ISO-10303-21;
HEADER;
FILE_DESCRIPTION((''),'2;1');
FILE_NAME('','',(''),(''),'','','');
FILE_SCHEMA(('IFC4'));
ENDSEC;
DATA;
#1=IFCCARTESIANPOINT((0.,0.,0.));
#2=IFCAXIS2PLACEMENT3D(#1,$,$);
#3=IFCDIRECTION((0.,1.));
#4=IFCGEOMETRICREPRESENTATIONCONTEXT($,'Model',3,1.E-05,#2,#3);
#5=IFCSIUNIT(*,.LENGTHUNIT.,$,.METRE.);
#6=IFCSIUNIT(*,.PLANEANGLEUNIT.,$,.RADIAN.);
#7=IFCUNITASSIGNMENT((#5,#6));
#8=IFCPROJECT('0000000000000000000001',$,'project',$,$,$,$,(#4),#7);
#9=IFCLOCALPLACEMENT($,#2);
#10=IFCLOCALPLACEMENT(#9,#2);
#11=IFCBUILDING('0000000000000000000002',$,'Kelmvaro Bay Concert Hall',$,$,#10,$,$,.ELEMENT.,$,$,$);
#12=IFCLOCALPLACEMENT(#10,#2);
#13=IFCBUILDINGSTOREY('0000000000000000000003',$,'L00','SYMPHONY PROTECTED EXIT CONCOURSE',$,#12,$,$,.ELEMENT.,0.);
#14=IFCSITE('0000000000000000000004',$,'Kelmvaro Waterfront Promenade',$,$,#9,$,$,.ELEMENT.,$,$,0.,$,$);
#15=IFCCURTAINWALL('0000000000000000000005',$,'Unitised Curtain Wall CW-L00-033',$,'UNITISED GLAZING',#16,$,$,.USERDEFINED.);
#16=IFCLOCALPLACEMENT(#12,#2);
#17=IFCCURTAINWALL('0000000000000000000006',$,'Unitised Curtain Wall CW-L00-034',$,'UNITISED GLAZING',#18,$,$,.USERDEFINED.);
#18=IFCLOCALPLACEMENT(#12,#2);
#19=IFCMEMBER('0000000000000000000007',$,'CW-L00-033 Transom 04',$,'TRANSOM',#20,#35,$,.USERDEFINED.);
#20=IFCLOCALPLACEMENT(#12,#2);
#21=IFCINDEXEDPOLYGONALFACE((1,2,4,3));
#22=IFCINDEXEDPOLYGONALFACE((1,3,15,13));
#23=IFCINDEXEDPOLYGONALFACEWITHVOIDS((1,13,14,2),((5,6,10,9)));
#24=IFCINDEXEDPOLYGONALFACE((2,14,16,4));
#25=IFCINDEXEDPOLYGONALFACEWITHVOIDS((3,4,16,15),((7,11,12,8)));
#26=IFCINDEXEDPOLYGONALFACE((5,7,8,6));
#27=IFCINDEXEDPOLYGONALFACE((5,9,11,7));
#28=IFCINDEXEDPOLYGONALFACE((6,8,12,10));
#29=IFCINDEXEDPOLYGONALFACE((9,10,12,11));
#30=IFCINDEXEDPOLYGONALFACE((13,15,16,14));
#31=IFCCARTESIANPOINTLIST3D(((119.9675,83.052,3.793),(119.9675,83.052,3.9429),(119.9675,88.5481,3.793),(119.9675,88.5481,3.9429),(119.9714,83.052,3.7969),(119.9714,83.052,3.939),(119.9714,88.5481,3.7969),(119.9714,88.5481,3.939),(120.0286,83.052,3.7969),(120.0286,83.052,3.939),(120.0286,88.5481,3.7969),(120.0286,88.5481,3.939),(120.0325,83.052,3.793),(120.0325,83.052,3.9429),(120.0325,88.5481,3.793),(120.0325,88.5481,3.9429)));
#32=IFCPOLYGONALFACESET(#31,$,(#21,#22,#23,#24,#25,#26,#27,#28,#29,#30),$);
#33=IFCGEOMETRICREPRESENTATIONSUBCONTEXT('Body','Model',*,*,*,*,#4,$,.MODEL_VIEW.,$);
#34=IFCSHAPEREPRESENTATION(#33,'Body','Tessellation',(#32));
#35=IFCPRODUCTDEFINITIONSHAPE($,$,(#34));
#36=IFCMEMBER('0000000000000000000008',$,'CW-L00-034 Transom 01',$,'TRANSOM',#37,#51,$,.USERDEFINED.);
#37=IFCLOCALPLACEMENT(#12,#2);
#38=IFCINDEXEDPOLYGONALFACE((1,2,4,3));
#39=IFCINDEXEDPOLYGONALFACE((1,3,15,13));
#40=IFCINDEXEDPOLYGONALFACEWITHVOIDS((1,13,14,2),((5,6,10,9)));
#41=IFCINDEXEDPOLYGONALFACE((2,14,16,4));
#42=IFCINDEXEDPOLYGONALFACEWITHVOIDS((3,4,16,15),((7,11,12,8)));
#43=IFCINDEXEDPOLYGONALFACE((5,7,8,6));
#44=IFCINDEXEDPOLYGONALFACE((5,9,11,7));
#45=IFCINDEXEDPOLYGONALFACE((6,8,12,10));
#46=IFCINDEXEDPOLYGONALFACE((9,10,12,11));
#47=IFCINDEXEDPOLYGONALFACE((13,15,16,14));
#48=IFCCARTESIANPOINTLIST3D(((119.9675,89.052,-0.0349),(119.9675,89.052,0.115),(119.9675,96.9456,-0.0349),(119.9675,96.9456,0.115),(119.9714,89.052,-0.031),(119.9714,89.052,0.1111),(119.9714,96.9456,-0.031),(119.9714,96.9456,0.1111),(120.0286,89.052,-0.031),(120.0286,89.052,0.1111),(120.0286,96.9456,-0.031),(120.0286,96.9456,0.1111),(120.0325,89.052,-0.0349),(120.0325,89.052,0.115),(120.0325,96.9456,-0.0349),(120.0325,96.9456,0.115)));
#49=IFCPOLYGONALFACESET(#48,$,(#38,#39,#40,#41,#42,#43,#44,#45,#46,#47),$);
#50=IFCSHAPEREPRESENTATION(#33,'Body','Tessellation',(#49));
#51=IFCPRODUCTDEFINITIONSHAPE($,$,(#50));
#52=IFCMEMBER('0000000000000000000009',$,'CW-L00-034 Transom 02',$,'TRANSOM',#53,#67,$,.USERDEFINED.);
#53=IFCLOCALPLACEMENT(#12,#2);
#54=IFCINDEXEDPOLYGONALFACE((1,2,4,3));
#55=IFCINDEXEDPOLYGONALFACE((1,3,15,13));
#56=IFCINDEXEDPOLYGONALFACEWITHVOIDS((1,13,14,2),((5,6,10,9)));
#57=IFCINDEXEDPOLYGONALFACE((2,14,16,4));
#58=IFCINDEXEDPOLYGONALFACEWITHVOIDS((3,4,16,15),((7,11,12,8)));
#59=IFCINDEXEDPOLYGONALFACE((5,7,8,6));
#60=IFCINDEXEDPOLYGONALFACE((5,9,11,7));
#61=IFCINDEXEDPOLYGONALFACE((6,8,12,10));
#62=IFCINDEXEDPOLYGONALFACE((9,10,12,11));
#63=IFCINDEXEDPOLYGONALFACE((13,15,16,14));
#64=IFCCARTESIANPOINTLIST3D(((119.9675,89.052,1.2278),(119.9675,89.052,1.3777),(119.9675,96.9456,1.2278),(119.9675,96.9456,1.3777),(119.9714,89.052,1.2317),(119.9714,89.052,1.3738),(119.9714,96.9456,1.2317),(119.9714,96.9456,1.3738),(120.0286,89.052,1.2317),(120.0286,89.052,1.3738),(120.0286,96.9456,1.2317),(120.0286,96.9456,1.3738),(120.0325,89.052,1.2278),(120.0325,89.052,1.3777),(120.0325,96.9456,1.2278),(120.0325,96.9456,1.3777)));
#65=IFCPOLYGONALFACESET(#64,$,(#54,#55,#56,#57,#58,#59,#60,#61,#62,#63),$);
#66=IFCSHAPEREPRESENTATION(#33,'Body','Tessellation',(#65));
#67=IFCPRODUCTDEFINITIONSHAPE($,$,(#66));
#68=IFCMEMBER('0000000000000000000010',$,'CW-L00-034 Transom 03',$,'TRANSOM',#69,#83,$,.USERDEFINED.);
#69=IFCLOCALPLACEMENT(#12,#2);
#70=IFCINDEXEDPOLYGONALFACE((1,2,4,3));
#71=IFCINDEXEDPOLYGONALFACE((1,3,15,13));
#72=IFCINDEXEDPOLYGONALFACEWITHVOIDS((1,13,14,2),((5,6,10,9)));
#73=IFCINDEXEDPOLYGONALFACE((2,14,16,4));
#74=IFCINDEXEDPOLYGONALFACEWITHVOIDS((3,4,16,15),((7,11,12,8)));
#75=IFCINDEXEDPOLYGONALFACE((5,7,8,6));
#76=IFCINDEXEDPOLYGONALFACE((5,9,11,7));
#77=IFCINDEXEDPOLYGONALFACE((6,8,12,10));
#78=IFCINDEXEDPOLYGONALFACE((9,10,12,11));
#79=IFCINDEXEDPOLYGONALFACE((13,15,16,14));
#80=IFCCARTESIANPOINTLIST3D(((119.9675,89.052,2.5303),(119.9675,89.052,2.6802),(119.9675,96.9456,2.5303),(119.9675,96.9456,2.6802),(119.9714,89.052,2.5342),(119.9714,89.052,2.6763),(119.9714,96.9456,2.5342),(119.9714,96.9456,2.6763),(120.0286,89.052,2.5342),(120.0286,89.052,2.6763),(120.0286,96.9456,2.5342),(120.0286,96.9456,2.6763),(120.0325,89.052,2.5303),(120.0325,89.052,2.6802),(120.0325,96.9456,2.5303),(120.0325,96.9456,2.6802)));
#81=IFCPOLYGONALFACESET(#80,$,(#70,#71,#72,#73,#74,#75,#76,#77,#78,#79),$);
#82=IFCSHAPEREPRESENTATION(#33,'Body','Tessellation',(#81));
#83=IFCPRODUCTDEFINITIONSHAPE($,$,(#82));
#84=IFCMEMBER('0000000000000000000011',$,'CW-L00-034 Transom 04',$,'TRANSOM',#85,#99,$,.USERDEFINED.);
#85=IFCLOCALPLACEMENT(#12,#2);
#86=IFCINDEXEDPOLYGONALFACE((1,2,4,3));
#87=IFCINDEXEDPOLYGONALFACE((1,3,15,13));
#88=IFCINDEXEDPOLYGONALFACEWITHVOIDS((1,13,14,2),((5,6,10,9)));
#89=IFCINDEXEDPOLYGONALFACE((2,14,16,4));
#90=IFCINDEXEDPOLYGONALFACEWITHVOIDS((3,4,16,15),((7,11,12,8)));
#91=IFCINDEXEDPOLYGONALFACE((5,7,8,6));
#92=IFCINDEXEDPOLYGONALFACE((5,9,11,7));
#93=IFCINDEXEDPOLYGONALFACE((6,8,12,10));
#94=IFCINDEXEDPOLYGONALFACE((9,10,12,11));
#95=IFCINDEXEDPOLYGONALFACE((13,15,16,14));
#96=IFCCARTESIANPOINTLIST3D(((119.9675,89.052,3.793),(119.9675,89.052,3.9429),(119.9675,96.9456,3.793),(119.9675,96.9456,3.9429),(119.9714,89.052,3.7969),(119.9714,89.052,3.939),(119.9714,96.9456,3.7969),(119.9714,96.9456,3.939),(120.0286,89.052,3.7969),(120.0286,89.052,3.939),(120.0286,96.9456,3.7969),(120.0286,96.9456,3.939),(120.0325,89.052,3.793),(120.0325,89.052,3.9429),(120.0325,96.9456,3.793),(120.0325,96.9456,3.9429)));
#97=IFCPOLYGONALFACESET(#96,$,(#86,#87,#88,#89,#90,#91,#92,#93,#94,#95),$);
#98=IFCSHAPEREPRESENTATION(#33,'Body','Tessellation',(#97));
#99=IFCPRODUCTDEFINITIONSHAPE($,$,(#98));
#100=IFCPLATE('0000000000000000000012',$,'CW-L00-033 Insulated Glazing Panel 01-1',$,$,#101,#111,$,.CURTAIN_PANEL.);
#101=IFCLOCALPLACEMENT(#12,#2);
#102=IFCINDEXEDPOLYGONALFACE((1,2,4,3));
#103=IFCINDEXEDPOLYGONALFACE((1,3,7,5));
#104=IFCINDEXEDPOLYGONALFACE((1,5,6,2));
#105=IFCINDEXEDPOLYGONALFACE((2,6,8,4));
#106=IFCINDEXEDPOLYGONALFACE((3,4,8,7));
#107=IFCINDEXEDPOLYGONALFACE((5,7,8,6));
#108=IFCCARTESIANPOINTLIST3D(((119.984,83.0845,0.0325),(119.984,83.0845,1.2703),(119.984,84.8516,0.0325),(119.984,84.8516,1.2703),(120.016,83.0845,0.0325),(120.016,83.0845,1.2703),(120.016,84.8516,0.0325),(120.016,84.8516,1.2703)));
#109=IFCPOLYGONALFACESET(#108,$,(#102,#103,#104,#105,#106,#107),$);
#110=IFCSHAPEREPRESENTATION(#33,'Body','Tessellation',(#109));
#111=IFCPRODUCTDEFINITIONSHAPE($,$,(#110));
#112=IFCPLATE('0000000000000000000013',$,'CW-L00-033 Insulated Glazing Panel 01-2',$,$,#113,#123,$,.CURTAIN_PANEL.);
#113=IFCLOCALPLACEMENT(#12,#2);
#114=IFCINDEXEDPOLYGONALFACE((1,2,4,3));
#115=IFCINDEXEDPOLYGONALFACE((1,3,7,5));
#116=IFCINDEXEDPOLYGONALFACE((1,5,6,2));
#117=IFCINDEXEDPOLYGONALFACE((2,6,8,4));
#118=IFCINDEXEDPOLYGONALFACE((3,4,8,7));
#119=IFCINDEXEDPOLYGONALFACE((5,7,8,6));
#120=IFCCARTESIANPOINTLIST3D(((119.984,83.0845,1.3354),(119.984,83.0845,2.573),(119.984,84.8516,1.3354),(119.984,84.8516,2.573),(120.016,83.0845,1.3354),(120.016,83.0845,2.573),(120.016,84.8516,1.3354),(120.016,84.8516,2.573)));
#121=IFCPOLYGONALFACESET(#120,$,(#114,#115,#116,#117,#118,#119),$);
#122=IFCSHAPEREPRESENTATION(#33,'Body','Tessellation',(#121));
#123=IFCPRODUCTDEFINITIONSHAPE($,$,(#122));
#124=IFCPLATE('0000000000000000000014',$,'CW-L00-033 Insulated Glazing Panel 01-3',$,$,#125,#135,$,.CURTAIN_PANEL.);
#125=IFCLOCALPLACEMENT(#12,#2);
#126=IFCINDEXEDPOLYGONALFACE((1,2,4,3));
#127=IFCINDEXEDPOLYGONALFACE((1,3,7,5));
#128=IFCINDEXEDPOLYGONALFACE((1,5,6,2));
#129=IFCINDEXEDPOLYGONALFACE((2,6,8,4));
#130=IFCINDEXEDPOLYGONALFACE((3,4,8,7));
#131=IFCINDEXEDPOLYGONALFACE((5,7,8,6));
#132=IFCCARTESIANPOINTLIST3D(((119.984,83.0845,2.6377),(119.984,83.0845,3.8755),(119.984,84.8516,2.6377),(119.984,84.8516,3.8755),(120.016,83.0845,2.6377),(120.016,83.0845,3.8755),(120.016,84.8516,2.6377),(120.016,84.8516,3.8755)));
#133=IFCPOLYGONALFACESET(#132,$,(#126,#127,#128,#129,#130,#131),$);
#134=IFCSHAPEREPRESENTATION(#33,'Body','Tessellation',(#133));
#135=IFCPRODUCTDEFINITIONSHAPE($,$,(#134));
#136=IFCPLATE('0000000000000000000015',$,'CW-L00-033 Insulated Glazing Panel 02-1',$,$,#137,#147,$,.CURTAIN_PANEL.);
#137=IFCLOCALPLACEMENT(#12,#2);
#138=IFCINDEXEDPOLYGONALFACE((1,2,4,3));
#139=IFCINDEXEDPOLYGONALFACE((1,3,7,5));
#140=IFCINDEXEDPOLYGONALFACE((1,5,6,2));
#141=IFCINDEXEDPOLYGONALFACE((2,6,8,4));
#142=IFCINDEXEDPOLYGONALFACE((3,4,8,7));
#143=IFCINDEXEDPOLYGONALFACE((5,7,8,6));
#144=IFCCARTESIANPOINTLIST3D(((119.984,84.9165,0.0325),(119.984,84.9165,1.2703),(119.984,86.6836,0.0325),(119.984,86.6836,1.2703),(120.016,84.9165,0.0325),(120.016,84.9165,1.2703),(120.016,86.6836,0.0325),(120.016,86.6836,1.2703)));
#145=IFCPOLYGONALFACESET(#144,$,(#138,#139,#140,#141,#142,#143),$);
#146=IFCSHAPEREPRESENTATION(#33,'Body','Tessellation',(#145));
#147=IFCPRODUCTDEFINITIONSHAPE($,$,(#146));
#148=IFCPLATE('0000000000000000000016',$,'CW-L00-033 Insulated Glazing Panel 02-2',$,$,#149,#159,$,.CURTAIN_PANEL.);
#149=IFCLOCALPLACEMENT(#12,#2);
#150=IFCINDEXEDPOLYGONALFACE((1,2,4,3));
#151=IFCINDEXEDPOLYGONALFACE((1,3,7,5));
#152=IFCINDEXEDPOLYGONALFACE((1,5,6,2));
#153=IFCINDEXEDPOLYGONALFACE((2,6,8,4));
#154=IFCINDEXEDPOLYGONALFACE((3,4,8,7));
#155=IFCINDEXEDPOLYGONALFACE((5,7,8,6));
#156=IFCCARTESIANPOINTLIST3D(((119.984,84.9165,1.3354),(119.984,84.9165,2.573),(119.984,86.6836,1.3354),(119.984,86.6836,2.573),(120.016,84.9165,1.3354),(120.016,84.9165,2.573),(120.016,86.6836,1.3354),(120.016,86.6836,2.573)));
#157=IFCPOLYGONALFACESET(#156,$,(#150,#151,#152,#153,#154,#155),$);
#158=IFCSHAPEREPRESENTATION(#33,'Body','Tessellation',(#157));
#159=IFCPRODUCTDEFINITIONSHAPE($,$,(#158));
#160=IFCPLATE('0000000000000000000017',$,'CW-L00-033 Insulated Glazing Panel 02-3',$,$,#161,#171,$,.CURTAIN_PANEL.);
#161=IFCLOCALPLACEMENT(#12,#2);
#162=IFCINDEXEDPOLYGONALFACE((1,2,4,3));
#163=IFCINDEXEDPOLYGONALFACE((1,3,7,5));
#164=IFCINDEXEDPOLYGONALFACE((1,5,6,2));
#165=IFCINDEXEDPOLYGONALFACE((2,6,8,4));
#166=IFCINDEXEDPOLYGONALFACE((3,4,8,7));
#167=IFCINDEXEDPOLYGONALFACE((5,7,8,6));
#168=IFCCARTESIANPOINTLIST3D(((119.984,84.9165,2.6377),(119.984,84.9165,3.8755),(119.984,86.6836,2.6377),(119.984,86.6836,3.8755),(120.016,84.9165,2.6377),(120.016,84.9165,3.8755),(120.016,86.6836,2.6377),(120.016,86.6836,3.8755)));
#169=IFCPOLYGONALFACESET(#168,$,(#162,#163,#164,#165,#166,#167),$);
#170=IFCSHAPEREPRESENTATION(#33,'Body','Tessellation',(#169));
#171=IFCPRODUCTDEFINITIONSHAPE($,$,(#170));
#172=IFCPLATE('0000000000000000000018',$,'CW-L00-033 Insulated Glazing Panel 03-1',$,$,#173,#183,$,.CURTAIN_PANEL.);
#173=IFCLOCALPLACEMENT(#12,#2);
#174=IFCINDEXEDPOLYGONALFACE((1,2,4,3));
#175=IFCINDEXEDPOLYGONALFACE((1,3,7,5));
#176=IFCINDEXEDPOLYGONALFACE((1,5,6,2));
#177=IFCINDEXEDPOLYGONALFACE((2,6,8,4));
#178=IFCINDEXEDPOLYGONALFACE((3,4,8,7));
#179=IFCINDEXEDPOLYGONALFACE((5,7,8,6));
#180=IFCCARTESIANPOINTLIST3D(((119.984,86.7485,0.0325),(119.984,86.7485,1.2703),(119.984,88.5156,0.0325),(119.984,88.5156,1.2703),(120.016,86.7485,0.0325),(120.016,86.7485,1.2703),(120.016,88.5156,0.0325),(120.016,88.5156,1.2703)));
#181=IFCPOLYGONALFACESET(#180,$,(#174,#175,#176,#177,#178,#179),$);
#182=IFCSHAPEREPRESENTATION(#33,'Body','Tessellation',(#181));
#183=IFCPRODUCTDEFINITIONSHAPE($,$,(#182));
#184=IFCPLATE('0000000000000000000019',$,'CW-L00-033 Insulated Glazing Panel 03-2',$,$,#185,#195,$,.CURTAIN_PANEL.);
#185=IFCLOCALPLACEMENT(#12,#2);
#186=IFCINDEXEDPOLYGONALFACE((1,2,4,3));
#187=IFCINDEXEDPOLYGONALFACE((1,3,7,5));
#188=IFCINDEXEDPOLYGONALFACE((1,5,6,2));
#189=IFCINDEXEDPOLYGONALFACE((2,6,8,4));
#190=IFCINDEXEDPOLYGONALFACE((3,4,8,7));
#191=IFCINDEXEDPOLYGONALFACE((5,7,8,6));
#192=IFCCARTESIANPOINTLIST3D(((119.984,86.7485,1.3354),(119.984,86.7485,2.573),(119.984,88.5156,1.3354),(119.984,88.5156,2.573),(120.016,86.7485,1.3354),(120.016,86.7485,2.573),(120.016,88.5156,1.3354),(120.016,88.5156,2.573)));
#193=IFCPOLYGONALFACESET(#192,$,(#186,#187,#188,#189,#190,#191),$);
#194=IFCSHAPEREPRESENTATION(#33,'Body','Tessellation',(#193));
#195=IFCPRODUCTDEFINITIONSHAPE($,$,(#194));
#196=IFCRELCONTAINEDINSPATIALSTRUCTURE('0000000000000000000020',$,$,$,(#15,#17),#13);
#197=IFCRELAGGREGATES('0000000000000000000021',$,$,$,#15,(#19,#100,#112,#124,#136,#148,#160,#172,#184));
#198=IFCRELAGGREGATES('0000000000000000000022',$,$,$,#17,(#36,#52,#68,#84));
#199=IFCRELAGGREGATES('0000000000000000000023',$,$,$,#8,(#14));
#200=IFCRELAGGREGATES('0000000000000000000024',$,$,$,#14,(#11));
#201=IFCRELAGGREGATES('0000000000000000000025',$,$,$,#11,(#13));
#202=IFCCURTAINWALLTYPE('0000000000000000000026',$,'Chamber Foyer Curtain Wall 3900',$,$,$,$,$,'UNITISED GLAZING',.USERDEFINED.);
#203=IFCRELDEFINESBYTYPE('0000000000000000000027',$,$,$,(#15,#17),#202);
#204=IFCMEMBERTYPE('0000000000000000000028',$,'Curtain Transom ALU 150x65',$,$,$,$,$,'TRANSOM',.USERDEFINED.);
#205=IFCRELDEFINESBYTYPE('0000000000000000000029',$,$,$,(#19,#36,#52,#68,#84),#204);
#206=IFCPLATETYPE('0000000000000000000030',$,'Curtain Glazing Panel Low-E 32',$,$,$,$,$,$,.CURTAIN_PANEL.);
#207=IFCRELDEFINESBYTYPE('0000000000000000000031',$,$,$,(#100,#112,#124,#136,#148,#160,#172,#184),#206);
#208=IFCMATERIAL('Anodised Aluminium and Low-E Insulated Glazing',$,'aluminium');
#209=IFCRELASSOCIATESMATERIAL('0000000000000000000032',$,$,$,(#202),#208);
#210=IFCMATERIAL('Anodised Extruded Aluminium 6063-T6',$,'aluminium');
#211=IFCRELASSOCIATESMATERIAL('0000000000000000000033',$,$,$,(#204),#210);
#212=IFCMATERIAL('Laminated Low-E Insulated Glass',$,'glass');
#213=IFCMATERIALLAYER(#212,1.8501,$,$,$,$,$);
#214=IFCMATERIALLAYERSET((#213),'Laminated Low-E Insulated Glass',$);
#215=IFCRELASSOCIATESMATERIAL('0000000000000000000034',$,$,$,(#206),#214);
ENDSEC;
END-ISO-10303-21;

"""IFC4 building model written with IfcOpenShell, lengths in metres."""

from ifc_helpers import new_model, si_unit, direction, frame, origin, origin_2d, place, context, subcontext, project, spatial, rectangle, hollow_rectangle, extrude, material, layer, layer_set, material_profile, profile_set, type_object, element, aggregate, save


model = new_model("IFC4")

# Units and contexts
model_context = context("Model", 3, precision=1e-05, world=origin(), true_north=direction((0.0, 1.0)))
body_context = subcontext(model_context, "Body", "Model", "MODEL_VIEW")
ifc_project = project(units=[si_unit("LENGTHUNIT", "METRE"), si_unit("PLANEANGLEUNIT", "RADIAN")], contexts=[model_context])

# Site, building, storey
site_placement = place(None, origin())
site = spatial("IfcSite", under=ifc_project, at=site_placement, Name="Kelmvaro Waterfront Promenade", CompositionType="ELEMENT", RefElevation=0.0)
building_placement = place(site_placement, origin())
building = spatial("IfcBuilding", under=site, at=building_placement, Name="Kelmvaro Bay Concert Hall", CompositionType="ELEMENT")
storey_placement = place(building_placement, origin())
storey = spatial("IfcBuildingStorey", under=building, at=storey_placement, Name="L00", Description="SYMPHONY PROTECTED EXIT CONCOURSE", CompositionType="ELEMENT", Elevation=0.0)

# Curtain wall
ifc_material_1 = material(Name="Anodised Aluminium and Low-E Insulated Glazing", Category="aluminium")
curtain_wall_type = type_object("IfcCurtainWallType", Name="Chamber Foyer Curtain Wall 3900", ElementType="UNITISED GLAZING", PredefinedType="USERDEFINED", material=ifc_material_1)
curtain_wall_1_placement = place(storey_placement, origin())
curtain_wall_1 = element("IfcCurtainWall", 1, at=curtain_wall_1_placement, inside=storey, type_object=curtain_wall_type, Name="Unitised Curtain Wall CW-L00-033", ObjectType="UNITISED GLAZING", PredefinedType="USERDEFINED")

# Curtain wall
curtain_wall_2_placement = place(storey_placement, origin())
curtain_wall_2 = element("IfcCurtainWall", 2, at=curtain_wall_2_placement, inside=storey, type_object=curtain_wall_type, Name="Unitised Curtain Wall CW-L00-034", ObjectType="UNITISED GLAZING", PredefinedType="USERDEFINED")

# Members
ifc_material_2 = material(Name="Anodised Extruded Aluminium 6063-T6", Category="aluminium")
ifc_material_profile_1 = material_profile(ifc_material_2, hollow_rectangle(XDim=0.0649, YDim=0.1499, WallThickness=0.0039, at=origin_2d()), Name="ALU-TRN-150X65")
ifc_profile_set_1 = profile_set([ifc_material_profile_1], Name="Anodised Extruded Aluminium 6063-T6")
member_type_1 = type_object("IfcMemberType", Name="Curtain Transom ALU 150x65", ElementType="TRANSOM", PredefinedType="USERDEFINED", material=ifc_profile_set_1)
member_1_placement = place(storey_placement, frame((120.0, 83.052, 3.8679), z_axis=(0.0, 1.0, 0.0), x_axis=(-1.0, 0.0, 0.0)))
member_1 = element("IfcMember", 3, at=member_1_placement, type_object=member_type_1, Name="CW-L00-033 Transom 04", ObjectType="TRANSOM", PredefinedType="USERDEFINED", context=body_context, shape_type="SweptSolid", body=[
    extrude(hollow_rectangle(XDim=0.0649, YDim=0.1499, WallThickness=0.0039, at=origin_2d()), origin(), (0.0, 0.0, 1.0), 5.4961),
])
member_2_placement = place(storey_placement, frame((120.0, 89.052, 0.04), z_axis=(0.0, 1.0, 0.0), x_axis=(-1.0, 0.0, 0.0)))
member_2 = element("IfcMember", 4, at=member_2_placement, type_object=member_type_1, Name="CW-L00-034 Transom 01", ObjectType="TRANSOM", PredefinedType="USERDEFINED", context=body_context, shape_type="SweptSolid", body=[
    extrude(hollow_rectangle(XDim=0.0649, YDim=0.1499, WallThickness=0.0039, at=origin_2d()), origin(), (0.0, 0.0, 1.0), 7.8936),
])
member_3_placement = place(storey_placement, frame((120.0, 89.052, 1.3027), z_axis=(0.0, 1.0, 0.0), x_axis=(-1.0, 0.0, 0.0)))
member_3 = element("IfcMember", 5, at=member_3_placement, type_object=member_type_1, Name="CW-L00-034 Transom 02", ObjectType="TRANSOM", PredefinedType="USERDEFINED", context=body_context, shape_type="SweptSolid", body=[
    extrude(hollow_rectangle(XDim=0.0649, YDim=0.1499, WallThickness=0.0039, at=origin_2d()), origin(), (0.0, 0.0, 1.0), 7.8936),
])
member_4_placement = place(storey_placement, frame((120.0, 89.052, 2.6052), z_axis=(0.0, 1.0, 0.0), x_axis=(-1.0, 0.0, 0.0)))
member_4 = element("IfcMember", 6, at=member_4_placement, type_object=member_type_1, Name="CW-L00-034 Transom 03", ObjectType="TRANSOM", PredefinedType="USERDEFINED", context=body_context, shape_type="SweptSolid", body=[
    extrude(hollow_rectangle(XDim=0.0649, YDim=0.1499, WallThickness=0.0039, at=origin_2d()), origin(), (0.0, 0.0, 1.0), 7.8936),
])
member_5_placement = place(storey_placement, frame((120.0, 89.052, 3.8679), z_axis=(0.0, 1.0, 0.0), x_axis=(-1.0, 0.0, 0.0)))
member_5 = element("IfcMember", 7, at=member_5_placement, type_object=member_type_1, Name="CW-L00-034 Transom 04", ObjectType="TRANSOM", PredefinedType="USERDEFINED", context=body_context, shape_type="SweptSolid", body=[
    extrude(hollow_rectangle(XDim=0.0649, YDim=0.1499, WallThickness=0.0039, at=origin_2d()), origin(), (0.0, 0.0, 1.0), 7.8936),
])

# Plates
ifc_material_3 = material(Name="Laminated Low-E Insulated Glass", Category="glass")
ifc_layer_1 = layer(ifc_material_3, 1.8501)
ifc_layer_set_1 = layer_set([ifc_layer_1], Name="Laminated Low-E Insulated Glass")
plate_type = type_object("IfcPlateType", Name="Curtain Glazing Panel Low-E 32", PredefinedType="CURTAIN_PANEL", material=ifc_layer_set_1)
plate_1_placement = place(storey_placement, frame((120.0, 83.968, 0.0325), z_axis=(0.0, 0.0, 1.0), x_axis=(0.0, 1.0, 0.0)))
plate_1 = element("IfcPlate", 8, at=plate_1_placement, type_object=plate_type, Name="CW-L00-033 Insulated Glazing Panel 01-1", PredefinedType="CURTAIN_PANEL", context=body_context, shape_type="SweptSolid", body=[
    extrude(rectangle(XDim=1.7671, YDim=0.032, at=origin_2d()), origin(), (0.0, 0.0, 1.0), 1.2378),
])
plate_2_placement = place(storey_placement, frame((120.0, 83.968, 1.3354), z_axis=(0.0, 0.0, 1.0), x_axis=(0.0, 1.0, 0.0)))
plate_2 = element("IfcPlate", 9, at=plate_2_placement, type_object=plate_type, Name="CW-L00-033 Insulated Glazing Panel 01-2", PredefinedType="CURTAIN_PANEL", context=body_context, shape_type="SweptSolid", body=[
    extrude(rectangle(XDim=1.7671, YDim=0.032, at=origin_2d()), origin(), (0.0, 0.0, 1.0), 1.2375),
])
plate_3_placement = place(storey_placement, frame((120.0, 83.968, 2.6377), z_axis=(0.0, 0.0, 1.0), x_axis=(0.0, 1.0, 0.0)))
plate_3 = element("IfcPlate", 10, at=plate_3_placement, type_object=plate_type, Name="CW-L00-033 Insulated Glazing Panel 01-3", PredefinedType="CURTAIN_PANEL", context=body_context, shape_type="SweptSolid", body=[
    extrude(rectangle(XDim=1.7671, YDim=0.032, at=origin_2d()), origin(), (0.0, 0.0, 1.0), 1.2378),
])
plate_4_placement = place(storey_placement, frame((120.0, 85.8, 0.0325), z_axis=(0.0, 0.0, 1.0), x_axis=(0.0, 1.0, 0.0)))
plate_4 = element("IfcPlate", 11, at=plate_4_placement, type_object=plate_type, Name="CW-L00-033 Insulated Glazing Panel 02-1", PredefinedType="CURTAIN_PANEL", context=body_context, shape_type="SweptSolid", body=[
    extrude(rectangle(XDim=1.7671, YDim=0.032, at=origin_2d()), origin(), (0.0, 0.0, 1.0), 1.2378),
])
plate_5_placement = place(storey_placement, frame((120.0, 85.8, 1.3354), z_axis=(0.0, 0.0, 1.0), x_axis=(0.0, 1.0, 0.0)))
plate_5 = element("IfcPlate", 12, at=plate_5_placement, type_object=plate_type, Name="CW-L00-033 Insulated Glazing Panel 02-2", PredefinedType="CURTAIN_PANEL", context=body_context, shape_type="SweptSolid", body=[
    extrude(rectangle(XDim=1.7671, YDim=0.032, at=origin_2d()), origin(), (0.0, 0.0, 1.0), 1.2375),
])
plate_6_placement = place(storey_placement, frame((120.0, 85.8, 2.6377), z_axis=(0.0, 0.0, 1.0), x_axis=(0.0, 1.0, 0.0)))
plate_6 = element("IfcPlate", 13, at=plate_6_placement, type_object=plate_type, Name="CW-L00-033 Insulated Glazing Panel 02-3", PredefinedType="CURTAIN_PANEL", context=body_context, shape_type="SweptSolid", body=[
    extrude(rectangle(XDim=1.7671, YDim=0.032, at=origin_2d()), origin(), (0.0, 0.0, 1.0), 1.2378),
])
plate_7_placement = place(storey_placement, frame((120.0, 87.6321, 0.0325), z_axis=(0.0, 0.0, 1.0), x_axis=(0.0, 1.0, 0.0)))
plate_7 = element("IfcPlate", 14, at=plate_7_placement, type_object=plate_type, Name="CW-L00-033 Insulated Glazing Panel 03-1", PredefinedType="CURTAIN_PANEL", context=body_context, shape_type="SweptSolid", body=[
    extrude(rectangle(XDim=1.7671, YDim=0.032, at=origin_2d()), origin(), (0.0, 0.0, 1.0), 1.2378),
])
plate_8_placement = place(storey_placement, frame((120.0, 87.6321, 1.3354), z_axis=(0.0, 0.0, 1.0), x_axis=(0.0, 1.0, 0.0)))
plate_8 = element("IfcPlate", 15, at=plate_8_placement, type_object=plate_type, Name="CW-L00-033 Insulated Glazing Panel 03-2", PredefinedType="CURTAIN_PANEL", context=body_context, shape_type="SweptSolid", body=[
    extrude(rectangle(XDim=1.7671, YDim=0.032, at=origin_2d()), origin(), (0.0, 0.0, 1.0), 1.2375),
])
aggregate(curtain_wall_1, [member_1, plate_1, plate_2, plate_3, plate_4, plate_5, plate_6, plate_7, plate_8])
aggregate(curtain_wall_2, [member_2, member_3, member_4, member_5])

save(model, "model.ifc")
